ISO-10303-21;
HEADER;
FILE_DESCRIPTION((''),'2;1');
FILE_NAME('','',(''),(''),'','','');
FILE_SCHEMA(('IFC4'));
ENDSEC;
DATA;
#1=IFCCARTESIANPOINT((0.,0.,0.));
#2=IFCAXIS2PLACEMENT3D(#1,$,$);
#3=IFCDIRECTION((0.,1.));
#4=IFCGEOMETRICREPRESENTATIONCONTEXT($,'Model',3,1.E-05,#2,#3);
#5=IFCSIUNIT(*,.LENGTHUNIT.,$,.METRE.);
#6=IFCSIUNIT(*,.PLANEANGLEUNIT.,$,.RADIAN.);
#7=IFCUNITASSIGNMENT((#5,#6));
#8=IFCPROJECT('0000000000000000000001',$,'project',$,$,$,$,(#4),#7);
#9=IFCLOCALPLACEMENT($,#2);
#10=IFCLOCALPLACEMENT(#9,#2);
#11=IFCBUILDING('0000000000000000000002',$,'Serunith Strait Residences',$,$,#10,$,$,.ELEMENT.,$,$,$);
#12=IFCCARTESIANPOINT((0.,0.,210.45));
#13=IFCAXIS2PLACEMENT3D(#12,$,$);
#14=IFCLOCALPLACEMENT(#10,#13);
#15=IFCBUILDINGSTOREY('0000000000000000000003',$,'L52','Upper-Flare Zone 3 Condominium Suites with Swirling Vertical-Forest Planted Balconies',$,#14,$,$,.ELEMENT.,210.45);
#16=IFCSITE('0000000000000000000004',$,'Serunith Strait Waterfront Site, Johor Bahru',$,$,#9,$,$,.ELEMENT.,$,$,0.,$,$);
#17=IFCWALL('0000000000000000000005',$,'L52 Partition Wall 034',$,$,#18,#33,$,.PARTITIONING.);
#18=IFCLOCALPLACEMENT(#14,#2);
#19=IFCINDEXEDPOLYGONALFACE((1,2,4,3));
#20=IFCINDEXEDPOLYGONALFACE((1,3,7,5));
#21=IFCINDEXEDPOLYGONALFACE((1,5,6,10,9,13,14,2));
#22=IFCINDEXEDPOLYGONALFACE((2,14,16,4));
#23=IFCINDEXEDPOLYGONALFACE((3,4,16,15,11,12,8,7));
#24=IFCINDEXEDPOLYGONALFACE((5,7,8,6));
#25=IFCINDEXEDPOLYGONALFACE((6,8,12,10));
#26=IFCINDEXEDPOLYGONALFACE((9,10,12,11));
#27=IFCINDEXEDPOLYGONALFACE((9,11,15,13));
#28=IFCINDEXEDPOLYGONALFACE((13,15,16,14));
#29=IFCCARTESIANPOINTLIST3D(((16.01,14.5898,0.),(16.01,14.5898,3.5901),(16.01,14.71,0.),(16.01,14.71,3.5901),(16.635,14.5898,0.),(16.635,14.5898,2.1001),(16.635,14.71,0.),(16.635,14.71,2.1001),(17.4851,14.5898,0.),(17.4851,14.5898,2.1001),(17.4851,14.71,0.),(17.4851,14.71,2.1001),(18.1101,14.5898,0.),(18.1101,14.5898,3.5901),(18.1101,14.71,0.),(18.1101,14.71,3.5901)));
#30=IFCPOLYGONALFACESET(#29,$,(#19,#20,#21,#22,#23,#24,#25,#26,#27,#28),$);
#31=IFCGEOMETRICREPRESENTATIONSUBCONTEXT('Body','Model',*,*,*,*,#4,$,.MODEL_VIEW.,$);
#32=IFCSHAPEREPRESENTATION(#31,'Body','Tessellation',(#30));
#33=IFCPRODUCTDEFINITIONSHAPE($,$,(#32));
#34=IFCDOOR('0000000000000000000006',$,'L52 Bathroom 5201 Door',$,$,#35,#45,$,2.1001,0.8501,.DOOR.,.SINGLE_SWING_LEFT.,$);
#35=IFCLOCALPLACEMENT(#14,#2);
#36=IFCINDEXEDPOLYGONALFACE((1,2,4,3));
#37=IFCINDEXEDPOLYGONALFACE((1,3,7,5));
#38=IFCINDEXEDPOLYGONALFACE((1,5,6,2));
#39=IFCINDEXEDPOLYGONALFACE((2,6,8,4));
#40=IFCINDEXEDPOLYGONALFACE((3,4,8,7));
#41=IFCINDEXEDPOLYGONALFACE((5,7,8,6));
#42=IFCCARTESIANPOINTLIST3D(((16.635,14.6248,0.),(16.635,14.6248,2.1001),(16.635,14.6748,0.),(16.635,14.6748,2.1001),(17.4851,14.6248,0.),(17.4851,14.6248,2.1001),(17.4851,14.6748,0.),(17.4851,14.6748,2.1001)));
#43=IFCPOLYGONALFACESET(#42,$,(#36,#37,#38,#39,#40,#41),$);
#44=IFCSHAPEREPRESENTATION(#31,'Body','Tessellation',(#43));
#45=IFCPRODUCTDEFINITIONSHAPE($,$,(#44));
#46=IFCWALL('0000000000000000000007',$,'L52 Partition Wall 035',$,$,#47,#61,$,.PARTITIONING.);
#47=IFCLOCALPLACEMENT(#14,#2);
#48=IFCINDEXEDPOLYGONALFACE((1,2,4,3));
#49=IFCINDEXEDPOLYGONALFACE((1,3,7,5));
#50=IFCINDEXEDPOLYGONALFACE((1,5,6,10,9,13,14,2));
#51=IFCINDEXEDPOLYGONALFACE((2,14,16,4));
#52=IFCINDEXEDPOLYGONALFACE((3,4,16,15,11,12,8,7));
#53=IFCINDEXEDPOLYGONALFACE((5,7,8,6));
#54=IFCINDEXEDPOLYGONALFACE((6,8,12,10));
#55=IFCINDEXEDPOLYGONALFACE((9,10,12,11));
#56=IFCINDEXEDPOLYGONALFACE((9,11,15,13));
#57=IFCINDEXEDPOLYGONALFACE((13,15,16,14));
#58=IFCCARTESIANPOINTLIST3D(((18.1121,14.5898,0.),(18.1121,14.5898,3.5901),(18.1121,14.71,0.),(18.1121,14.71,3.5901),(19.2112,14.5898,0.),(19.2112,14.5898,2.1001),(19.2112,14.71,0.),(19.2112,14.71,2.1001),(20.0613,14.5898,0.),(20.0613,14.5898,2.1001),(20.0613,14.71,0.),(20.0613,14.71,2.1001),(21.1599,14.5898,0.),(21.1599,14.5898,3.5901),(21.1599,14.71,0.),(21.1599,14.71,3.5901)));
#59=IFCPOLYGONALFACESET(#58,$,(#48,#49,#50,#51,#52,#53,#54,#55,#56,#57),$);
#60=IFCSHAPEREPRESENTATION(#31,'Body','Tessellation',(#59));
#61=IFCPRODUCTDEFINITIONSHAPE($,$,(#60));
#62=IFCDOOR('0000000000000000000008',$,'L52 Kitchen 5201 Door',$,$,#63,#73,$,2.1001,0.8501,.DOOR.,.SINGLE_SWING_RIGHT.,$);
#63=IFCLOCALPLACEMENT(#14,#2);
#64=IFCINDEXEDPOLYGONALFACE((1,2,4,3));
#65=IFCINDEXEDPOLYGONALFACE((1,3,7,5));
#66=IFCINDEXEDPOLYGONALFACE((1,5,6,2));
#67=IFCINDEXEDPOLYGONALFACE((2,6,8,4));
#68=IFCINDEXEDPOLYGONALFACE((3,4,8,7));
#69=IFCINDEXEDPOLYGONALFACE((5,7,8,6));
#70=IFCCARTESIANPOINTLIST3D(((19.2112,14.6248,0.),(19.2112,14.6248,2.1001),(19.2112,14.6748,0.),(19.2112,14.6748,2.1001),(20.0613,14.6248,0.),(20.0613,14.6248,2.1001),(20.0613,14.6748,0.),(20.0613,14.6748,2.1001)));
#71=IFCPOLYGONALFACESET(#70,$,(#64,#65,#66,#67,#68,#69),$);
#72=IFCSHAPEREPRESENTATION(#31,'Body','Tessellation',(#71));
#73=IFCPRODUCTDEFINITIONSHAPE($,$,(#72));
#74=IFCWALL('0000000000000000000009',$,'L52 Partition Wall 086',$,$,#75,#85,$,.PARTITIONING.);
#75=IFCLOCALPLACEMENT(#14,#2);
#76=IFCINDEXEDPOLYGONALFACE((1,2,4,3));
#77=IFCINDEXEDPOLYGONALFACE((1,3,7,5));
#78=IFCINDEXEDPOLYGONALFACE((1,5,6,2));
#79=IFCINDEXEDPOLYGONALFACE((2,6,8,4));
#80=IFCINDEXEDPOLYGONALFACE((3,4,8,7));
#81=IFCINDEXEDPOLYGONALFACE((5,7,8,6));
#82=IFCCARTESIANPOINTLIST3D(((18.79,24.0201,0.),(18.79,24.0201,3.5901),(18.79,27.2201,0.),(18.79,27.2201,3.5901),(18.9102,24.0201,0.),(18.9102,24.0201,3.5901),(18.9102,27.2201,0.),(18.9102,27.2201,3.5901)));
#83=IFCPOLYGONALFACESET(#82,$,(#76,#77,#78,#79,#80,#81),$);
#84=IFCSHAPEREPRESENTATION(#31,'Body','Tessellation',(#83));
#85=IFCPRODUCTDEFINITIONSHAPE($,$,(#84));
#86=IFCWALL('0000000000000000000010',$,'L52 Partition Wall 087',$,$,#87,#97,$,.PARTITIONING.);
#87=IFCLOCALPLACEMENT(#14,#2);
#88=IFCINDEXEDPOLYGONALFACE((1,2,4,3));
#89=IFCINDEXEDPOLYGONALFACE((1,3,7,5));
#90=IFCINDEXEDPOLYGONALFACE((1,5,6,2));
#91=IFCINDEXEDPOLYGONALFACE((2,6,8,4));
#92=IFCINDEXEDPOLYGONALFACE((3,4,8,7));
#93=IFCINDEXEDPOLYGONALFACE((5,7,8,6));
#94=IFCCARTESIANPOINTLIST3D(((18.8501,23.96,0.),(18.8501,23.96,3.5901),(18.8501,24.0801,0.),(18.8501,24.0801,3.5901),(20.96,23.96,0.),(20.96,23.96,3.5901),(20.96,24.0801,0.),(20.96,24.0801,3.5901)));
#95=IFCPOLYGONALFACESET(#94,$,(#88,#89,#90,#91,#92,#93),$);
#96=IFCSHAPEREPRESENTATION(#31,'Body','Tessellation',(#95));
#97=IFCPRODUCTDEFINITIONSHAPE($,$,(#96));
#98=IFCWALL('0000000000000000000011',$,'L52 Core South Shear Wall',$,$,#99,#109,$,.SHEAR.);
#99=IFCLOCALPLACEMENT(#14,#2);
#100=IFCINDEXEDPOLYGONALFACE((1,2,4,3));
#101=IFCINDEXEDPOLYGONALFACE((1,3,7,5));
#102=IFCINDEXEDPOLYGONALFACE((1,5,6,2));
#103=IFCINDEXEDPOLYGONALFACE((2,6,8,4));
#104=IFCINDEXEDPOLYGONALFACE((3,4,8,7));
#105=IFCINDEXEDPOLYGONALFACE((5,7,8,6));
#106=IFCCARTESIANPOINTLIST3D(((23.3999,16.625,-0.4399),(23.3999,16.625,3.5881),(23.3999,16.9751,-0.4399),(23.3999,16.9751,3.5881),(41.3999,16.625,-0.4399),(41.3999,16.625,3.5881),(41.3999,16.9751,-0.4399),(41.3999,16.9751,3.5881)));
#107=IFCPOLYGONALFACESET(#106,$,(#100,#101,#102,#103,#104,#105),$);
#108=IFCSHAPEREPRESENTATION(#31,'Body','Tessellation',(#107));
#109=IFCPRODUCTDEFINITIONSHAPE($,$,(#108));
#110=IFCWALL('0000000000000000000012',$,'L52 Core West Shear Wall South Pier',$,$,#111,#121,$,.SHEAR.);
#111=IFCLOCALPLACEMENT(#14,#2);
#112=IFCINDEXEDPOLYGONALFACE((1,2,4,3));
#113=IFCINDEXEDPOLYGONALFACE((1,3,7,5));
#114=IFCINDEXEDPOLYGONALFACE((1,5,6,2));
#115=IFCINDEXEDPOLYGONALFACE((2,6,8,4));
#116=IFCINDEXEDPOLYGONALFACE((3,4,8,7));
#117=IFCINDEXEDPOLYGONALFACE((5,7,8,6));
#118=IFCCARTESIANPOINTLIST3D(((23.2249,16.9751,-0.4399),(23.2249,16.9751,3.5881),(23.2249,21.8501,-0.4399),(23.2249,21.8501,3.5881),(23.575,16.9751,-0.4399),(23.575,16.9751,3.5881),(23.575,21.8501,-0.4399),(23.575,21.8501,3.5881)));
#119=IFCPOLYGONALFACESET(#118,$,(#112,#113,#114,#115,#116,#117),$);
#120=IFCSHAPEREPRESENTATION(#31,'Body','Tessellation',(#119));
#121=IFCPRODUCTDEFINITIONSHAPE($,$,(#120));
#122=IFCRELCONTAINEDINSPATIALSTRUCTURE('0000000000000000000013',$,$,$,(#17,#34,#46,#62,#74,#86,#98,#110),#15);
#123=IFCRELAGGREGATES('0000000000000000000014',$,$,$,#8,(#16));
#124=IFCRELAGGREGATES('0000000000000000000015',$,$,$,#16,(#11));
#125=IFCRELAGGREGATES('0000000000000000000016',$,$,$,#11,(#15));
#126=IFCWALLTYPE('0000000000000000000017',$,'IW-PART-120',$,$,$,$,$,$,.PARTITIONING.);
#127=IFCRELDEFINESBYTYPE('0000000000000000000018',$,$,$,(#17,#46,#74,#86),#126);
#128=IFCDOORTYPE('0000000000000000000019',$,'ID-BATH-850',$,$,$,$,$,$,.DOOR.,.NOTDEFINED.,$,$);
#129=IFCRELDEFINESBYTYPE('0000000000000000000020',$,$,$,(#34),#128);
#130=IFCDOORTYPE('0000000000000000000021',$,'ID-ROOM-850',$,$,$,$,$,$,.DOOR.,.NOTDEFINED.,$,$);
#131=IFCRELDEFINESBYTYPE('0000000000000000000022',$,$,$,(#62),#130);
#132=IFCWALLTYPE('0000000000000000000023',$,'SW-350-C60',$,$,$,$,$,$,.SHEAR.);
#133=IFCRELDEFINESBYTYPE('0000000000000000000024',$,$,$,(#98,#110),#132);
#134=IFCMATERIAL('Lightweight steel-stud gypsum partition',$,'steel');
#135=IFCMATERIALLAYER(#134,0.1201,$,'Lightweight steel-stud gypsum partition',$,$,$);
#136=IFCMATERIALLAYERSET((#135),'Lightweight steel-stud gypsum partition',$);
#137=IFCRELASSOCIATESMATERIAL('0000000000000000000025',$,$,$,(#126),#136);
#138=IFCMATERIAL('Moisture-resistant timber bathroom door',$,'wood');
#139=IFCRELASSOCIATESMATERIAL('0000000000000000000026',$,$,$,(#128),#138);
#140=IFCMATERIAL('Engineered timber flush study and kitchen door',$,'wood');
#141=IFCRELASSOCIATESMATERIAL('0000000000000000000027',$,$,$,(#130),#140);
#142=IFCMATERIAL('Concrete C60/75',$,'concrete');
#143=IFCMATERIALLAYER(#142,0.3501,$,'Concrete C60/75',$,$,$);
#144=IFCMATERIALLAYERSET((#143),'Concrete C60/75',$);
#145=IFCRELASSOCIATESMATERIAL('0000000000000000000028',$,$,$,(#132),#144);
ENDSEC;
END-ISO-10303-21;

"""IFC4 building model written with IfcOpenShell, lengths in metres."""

from ifc_helpers import new_model, si_unit, direction, frame, frame_2d, origin, place, context, subcontext, project, spatial, rectangle, extrude, source, transform, mapped, material, layer, layer_set, type_object, element, fill, save


model = new_model("IFC4")

# Units and contexts
model_context = context("Model", 3, precision=1e-05, world=origin(), true_north=direction((0.0, 1.0)))
body_context = subcontext(model_context, "Body", "Model", "MODEL_VIEW")
ifc_project = project(units=[si_unit("LENGTHUNIT", "METRE"), si_unit("PLANEANGLEUNIT", "RADIAN")], contexts=[model_context])

# Site, building, storey
site_placement = place(None, origin())
site = spatial("IfcSite", under=ifc_project, at=site_placement, Name="Serunith Strait Waterfront Site, Johor Bahru", CompositionType="ELEMENT", RefElevation=0.0)
building_placement = place(site_placement, origin())
building = spatial("IfcBuilding", under=site, at=building_placement, Name="Serunith Strait Residences", CompositionType="ELEMENT")
storey_placement = place(building_placement, frame((0.0, 0.0, 210.45)))
storey = spatial("IfcBuildingStorey", under=building, at=storey_placement, Name="L52", Description="Upper-Flare Zone 3 Condominium Suites with Swirling Vertical-Forest Planted Balconies", CompositionType="ELEMENT", Elevation=210.45)

# Walls, openings, doors
ifc_material_1 = material(Name="Lightweight steel-stud gypsum partition", Category="steel")
ifc_layer_1 = layer(ifc_material_1, 0.1201, Name="Lightweight steel-stud gypsum partition")
ifc_layer_set_1 = layer_set([ifc_layer_1], Name="Lightweight steel-stud gypsum partition")
wall_type_1 = type_object("IfcWallType", Name="IW-PART-120", PredefinedType="PARTITIONING", material=ifc_layer_set_1)
wall_1_placement = place(storey_placement, frame((16.01, 14.6499, 0.0), z_axis=(0.0, 0.0, 1.0), x_axis=(1.0, 0.0, 0.0)))
wall_1 = element("IfcWall", 1, at=wall_1_placement, inside=storey, type_object=wall_type_1, Name="L52 Partition Wall 034", PredefinedType="PARTITIONING", context=body_context, shape_type="SweptSolid", body=[
    extrude(rectangle(XDim=2.1001, YDim=0.1201, at=frame_2d((1.05, 0.0))), origin(), (0.0, 0.0, 1.0), 3.5901),
])
opening_1_placement = place(wall_1_placement, frame((0.625, 0.0, 0.0)))
opening_1 = element("IfcOpeningElement", 2, at=opening_1_placement, cuts=wall_1, PredefinedType="OPENING", context=body_context, shape_type="SweptSolid", body=[
    extrude(rectangle(XDim=0.8501, YDim=2.1001, at=frame_2d((0.425, 1.05))), frame((0.0, 0.0701, 0.0), z_axis=(0.0, -1.0, 0.0), x_axis=(1.0, 0.0, 0.0)), (0.0, 0.0, 1.0), 0.1401),
])
ifc_material_2 = material(Name="Moisture-resistant timber bathroom door", Category="wood")
door_type_1 = type_object("IfcDoorType", Name="ID-BATH-850", OperationType="NOTDEFINED", PredefinedType="DOOR", material=ifc_material_2)
shared_shape_1 = source(origin(), body_context, "Body", "SweptSolid", [
    extrude(rectangle(XDim=0.8501, YDim=2.1001, at=frame_2d((0.425, 1.05))), frame((0.0, 0.0249, 0.0), z_axis=(0.0, -1.0, 0.0), x_axis=(1.0, 0.0, 0.0)), (0.0, 0.0, 1.0), 0.05),
])
door_1_placement = place(opening_1_placement, origin())
door_1 = element("IfcDoor", 3, at=door_1_placement, inside=storey, type_object=door_type_1, Name="L52 Bathroom 5201 Door", OperationType="SINGLE_SWING_LEFT", OverallHeight=2.1001, OverallWidth=0.8501, PredefinedType="DOOR", context=body_context, shape_type="MappedRepresentation", body=[
    mapped(shared_shape_1, transform((0.0, 0.0, 0.0), scale=1.0)),
])
fill(opening_1, door_1)
wall_2_placement = place(storey_placement, frame((18.1121, 14.6499, 0.0), z_axis=(0.0, 0.0, 1.0), x_axis=(1.0, 0.0, 0.0)))
wall_2 = element("IfcWall", 4, at=wall_2_placement, inside=storey, type_object=wall_type_1, Name="L52 Partition Wall 035", PredefinedType="PARTITIONING", context=body_context, shape_type="SweptSolid", body=[
    extrude(rectangle(XDim=3.0479, YDim=0.1201, at=frame_2d((1.5239, 0.0))), origin(), (0.0, 0.0, 1.0), 3.5901),
])
opening_2_placement = place(wall_2_placement, frame((1.0991, 0.0, 0.0)))
opening_2 = element("IfcOpeningElement", 5, at=opening_2_placement, cuts=wall_2, PredefinedType="OPENING", context=body_context, shape_type="SweptSolid", body=[
    extrude(rectangle(XDim=0.8501, YDim=2.1001, at=frame_2d((0.425, 1.05))), frame((0.0, 0.0701, 0.0), z_axis=(0.0, -1.0, 0.0), x_axis=(1.0, 0.0, 0.0)), (0.0, 0.0, 1.0), 0.1401),
])
ifc_material_3 = material(Name="Engineered timber flush study and kitchen door", Category="wood")
door_type_2 = type_object("IfcDoorType", Name="ID-ROOM-850", OperationType="NOTDEFINED", PredefinedType="DOOR", material=ifc_material_3)
door_2_placement = place(opening_2_placement, origin())
door_2 = element("IfcDoor", 6, at=door_2_placement, inside=storey, type_object=door_type_2, Name="L52 Kitchen 5201 Door", OperationType="SINGLE_SWING_RIGHT", OverallHeight=2.1001, OverallWidth=0.8501, PredefinedType="DOOR", context=body_context, shape_type="MappedRepresentation", body=[
    mapped(shared_shape_1, transform((0.0, 0.0, 0.0), scale=1.0)),
])
fill(opening_2, door_2)

# Walls
wall_3_placement = place(storey_placement, frame((18.8501, 24.02, 0.0), z_axis=(0.0, 0.0, 1.0), x_axis=(0.0, 1.0, 0.0)))
element("IfcWall", 7, at=wall_3_placement, inside=storey, type_object=wall_type_1, Name="L52 Partition Wall 086", PredefinedType="PARTITIONING", context=body_context, shape_type="SweptSolid", body=[
    extrude(rectangle(XDim=3.2, YDim=0.1201, at=frame_2d((1.6001, 0.0))), origin(), (0.0, 0.0, 1.0), 3.5901),
])
wall_4_placement = place(storey_placement, frame((18.8501, 24.02, 0.0), z_axis=(0.0, 0.0, 1.0), x_axis=(1.0, 0.0, 0.0)))
element("IfcWall", 8, at=wall_4_placement, inside=storey, type_object=wall_type_1, Name="L52 Partition Wall 087", PredefinedType="PARTITIONING", context=body_context, shape_type="SweptSolid", body=[
    extrude(rectangle(XDim=2.1099, YDim=0.1201, at=frame_2d((1.0549, 0.0))), origin(), (0.0, 0.0, 1.0), 3.5901),
])
ifc_material_4 = material(Name="Concrete C60/75", Category="concrete")
ifc_layer_2 = layer(ifc_material_4, 0.3501, Name="Concrete C60/75")
ifc_layer_set_2 = layer_set([ifc_layer_2], Name="Concrete C60/75")
wall_type_2 = type_object("IfcWallType", Name="SW-350-C60", PredefinedType="SHEAR", material=ifc_layer_set_2)
wall_5_placement = place(storey_placement, frame((23.3999, 16.8, -0.4399), z_axis=(0.0, 0.0, 1.0), x_axis=(1.0, 0.0, 0.0)))
element("IfcWall", 9, at=wall_5_placement, inside=storey, type_object=wall_type_2, Name="L52 Core South Shear Wall", PredefinedType="SHEAR", context=body_context, shape_type="SweptSolid", body=[
    extrude(rectangle(XDim=18.0, YDim=0.3501, at=frame_2d((9.0, 0.0))), origin(), (0.0, 0.0, 1.0), 4.0281),
])
wall_6_placement = place(storey_placement, frame((23.3999, 16.9751, -0.4399), z_axis=(0.0, 0.0, 1.0), x_axis=(0.0, 1.0, 0.0)))
element("IfcWall", 10, at=wall_6_placement, inside=storey, type_object=wall_type_2, Name="L52 Core West Shear Wall South Pier", PredefinedType="SHEAR", context=body_context, shape_type="SweptSolid", body=[
    extrude(rectangle(XDim=4.875, YDim=0.3501, at=frame_2d((2.4375, 0.0))), origin(), (0.0, 0.0, 1.0), 4.0281),
])

save(model, "model.ifc")
